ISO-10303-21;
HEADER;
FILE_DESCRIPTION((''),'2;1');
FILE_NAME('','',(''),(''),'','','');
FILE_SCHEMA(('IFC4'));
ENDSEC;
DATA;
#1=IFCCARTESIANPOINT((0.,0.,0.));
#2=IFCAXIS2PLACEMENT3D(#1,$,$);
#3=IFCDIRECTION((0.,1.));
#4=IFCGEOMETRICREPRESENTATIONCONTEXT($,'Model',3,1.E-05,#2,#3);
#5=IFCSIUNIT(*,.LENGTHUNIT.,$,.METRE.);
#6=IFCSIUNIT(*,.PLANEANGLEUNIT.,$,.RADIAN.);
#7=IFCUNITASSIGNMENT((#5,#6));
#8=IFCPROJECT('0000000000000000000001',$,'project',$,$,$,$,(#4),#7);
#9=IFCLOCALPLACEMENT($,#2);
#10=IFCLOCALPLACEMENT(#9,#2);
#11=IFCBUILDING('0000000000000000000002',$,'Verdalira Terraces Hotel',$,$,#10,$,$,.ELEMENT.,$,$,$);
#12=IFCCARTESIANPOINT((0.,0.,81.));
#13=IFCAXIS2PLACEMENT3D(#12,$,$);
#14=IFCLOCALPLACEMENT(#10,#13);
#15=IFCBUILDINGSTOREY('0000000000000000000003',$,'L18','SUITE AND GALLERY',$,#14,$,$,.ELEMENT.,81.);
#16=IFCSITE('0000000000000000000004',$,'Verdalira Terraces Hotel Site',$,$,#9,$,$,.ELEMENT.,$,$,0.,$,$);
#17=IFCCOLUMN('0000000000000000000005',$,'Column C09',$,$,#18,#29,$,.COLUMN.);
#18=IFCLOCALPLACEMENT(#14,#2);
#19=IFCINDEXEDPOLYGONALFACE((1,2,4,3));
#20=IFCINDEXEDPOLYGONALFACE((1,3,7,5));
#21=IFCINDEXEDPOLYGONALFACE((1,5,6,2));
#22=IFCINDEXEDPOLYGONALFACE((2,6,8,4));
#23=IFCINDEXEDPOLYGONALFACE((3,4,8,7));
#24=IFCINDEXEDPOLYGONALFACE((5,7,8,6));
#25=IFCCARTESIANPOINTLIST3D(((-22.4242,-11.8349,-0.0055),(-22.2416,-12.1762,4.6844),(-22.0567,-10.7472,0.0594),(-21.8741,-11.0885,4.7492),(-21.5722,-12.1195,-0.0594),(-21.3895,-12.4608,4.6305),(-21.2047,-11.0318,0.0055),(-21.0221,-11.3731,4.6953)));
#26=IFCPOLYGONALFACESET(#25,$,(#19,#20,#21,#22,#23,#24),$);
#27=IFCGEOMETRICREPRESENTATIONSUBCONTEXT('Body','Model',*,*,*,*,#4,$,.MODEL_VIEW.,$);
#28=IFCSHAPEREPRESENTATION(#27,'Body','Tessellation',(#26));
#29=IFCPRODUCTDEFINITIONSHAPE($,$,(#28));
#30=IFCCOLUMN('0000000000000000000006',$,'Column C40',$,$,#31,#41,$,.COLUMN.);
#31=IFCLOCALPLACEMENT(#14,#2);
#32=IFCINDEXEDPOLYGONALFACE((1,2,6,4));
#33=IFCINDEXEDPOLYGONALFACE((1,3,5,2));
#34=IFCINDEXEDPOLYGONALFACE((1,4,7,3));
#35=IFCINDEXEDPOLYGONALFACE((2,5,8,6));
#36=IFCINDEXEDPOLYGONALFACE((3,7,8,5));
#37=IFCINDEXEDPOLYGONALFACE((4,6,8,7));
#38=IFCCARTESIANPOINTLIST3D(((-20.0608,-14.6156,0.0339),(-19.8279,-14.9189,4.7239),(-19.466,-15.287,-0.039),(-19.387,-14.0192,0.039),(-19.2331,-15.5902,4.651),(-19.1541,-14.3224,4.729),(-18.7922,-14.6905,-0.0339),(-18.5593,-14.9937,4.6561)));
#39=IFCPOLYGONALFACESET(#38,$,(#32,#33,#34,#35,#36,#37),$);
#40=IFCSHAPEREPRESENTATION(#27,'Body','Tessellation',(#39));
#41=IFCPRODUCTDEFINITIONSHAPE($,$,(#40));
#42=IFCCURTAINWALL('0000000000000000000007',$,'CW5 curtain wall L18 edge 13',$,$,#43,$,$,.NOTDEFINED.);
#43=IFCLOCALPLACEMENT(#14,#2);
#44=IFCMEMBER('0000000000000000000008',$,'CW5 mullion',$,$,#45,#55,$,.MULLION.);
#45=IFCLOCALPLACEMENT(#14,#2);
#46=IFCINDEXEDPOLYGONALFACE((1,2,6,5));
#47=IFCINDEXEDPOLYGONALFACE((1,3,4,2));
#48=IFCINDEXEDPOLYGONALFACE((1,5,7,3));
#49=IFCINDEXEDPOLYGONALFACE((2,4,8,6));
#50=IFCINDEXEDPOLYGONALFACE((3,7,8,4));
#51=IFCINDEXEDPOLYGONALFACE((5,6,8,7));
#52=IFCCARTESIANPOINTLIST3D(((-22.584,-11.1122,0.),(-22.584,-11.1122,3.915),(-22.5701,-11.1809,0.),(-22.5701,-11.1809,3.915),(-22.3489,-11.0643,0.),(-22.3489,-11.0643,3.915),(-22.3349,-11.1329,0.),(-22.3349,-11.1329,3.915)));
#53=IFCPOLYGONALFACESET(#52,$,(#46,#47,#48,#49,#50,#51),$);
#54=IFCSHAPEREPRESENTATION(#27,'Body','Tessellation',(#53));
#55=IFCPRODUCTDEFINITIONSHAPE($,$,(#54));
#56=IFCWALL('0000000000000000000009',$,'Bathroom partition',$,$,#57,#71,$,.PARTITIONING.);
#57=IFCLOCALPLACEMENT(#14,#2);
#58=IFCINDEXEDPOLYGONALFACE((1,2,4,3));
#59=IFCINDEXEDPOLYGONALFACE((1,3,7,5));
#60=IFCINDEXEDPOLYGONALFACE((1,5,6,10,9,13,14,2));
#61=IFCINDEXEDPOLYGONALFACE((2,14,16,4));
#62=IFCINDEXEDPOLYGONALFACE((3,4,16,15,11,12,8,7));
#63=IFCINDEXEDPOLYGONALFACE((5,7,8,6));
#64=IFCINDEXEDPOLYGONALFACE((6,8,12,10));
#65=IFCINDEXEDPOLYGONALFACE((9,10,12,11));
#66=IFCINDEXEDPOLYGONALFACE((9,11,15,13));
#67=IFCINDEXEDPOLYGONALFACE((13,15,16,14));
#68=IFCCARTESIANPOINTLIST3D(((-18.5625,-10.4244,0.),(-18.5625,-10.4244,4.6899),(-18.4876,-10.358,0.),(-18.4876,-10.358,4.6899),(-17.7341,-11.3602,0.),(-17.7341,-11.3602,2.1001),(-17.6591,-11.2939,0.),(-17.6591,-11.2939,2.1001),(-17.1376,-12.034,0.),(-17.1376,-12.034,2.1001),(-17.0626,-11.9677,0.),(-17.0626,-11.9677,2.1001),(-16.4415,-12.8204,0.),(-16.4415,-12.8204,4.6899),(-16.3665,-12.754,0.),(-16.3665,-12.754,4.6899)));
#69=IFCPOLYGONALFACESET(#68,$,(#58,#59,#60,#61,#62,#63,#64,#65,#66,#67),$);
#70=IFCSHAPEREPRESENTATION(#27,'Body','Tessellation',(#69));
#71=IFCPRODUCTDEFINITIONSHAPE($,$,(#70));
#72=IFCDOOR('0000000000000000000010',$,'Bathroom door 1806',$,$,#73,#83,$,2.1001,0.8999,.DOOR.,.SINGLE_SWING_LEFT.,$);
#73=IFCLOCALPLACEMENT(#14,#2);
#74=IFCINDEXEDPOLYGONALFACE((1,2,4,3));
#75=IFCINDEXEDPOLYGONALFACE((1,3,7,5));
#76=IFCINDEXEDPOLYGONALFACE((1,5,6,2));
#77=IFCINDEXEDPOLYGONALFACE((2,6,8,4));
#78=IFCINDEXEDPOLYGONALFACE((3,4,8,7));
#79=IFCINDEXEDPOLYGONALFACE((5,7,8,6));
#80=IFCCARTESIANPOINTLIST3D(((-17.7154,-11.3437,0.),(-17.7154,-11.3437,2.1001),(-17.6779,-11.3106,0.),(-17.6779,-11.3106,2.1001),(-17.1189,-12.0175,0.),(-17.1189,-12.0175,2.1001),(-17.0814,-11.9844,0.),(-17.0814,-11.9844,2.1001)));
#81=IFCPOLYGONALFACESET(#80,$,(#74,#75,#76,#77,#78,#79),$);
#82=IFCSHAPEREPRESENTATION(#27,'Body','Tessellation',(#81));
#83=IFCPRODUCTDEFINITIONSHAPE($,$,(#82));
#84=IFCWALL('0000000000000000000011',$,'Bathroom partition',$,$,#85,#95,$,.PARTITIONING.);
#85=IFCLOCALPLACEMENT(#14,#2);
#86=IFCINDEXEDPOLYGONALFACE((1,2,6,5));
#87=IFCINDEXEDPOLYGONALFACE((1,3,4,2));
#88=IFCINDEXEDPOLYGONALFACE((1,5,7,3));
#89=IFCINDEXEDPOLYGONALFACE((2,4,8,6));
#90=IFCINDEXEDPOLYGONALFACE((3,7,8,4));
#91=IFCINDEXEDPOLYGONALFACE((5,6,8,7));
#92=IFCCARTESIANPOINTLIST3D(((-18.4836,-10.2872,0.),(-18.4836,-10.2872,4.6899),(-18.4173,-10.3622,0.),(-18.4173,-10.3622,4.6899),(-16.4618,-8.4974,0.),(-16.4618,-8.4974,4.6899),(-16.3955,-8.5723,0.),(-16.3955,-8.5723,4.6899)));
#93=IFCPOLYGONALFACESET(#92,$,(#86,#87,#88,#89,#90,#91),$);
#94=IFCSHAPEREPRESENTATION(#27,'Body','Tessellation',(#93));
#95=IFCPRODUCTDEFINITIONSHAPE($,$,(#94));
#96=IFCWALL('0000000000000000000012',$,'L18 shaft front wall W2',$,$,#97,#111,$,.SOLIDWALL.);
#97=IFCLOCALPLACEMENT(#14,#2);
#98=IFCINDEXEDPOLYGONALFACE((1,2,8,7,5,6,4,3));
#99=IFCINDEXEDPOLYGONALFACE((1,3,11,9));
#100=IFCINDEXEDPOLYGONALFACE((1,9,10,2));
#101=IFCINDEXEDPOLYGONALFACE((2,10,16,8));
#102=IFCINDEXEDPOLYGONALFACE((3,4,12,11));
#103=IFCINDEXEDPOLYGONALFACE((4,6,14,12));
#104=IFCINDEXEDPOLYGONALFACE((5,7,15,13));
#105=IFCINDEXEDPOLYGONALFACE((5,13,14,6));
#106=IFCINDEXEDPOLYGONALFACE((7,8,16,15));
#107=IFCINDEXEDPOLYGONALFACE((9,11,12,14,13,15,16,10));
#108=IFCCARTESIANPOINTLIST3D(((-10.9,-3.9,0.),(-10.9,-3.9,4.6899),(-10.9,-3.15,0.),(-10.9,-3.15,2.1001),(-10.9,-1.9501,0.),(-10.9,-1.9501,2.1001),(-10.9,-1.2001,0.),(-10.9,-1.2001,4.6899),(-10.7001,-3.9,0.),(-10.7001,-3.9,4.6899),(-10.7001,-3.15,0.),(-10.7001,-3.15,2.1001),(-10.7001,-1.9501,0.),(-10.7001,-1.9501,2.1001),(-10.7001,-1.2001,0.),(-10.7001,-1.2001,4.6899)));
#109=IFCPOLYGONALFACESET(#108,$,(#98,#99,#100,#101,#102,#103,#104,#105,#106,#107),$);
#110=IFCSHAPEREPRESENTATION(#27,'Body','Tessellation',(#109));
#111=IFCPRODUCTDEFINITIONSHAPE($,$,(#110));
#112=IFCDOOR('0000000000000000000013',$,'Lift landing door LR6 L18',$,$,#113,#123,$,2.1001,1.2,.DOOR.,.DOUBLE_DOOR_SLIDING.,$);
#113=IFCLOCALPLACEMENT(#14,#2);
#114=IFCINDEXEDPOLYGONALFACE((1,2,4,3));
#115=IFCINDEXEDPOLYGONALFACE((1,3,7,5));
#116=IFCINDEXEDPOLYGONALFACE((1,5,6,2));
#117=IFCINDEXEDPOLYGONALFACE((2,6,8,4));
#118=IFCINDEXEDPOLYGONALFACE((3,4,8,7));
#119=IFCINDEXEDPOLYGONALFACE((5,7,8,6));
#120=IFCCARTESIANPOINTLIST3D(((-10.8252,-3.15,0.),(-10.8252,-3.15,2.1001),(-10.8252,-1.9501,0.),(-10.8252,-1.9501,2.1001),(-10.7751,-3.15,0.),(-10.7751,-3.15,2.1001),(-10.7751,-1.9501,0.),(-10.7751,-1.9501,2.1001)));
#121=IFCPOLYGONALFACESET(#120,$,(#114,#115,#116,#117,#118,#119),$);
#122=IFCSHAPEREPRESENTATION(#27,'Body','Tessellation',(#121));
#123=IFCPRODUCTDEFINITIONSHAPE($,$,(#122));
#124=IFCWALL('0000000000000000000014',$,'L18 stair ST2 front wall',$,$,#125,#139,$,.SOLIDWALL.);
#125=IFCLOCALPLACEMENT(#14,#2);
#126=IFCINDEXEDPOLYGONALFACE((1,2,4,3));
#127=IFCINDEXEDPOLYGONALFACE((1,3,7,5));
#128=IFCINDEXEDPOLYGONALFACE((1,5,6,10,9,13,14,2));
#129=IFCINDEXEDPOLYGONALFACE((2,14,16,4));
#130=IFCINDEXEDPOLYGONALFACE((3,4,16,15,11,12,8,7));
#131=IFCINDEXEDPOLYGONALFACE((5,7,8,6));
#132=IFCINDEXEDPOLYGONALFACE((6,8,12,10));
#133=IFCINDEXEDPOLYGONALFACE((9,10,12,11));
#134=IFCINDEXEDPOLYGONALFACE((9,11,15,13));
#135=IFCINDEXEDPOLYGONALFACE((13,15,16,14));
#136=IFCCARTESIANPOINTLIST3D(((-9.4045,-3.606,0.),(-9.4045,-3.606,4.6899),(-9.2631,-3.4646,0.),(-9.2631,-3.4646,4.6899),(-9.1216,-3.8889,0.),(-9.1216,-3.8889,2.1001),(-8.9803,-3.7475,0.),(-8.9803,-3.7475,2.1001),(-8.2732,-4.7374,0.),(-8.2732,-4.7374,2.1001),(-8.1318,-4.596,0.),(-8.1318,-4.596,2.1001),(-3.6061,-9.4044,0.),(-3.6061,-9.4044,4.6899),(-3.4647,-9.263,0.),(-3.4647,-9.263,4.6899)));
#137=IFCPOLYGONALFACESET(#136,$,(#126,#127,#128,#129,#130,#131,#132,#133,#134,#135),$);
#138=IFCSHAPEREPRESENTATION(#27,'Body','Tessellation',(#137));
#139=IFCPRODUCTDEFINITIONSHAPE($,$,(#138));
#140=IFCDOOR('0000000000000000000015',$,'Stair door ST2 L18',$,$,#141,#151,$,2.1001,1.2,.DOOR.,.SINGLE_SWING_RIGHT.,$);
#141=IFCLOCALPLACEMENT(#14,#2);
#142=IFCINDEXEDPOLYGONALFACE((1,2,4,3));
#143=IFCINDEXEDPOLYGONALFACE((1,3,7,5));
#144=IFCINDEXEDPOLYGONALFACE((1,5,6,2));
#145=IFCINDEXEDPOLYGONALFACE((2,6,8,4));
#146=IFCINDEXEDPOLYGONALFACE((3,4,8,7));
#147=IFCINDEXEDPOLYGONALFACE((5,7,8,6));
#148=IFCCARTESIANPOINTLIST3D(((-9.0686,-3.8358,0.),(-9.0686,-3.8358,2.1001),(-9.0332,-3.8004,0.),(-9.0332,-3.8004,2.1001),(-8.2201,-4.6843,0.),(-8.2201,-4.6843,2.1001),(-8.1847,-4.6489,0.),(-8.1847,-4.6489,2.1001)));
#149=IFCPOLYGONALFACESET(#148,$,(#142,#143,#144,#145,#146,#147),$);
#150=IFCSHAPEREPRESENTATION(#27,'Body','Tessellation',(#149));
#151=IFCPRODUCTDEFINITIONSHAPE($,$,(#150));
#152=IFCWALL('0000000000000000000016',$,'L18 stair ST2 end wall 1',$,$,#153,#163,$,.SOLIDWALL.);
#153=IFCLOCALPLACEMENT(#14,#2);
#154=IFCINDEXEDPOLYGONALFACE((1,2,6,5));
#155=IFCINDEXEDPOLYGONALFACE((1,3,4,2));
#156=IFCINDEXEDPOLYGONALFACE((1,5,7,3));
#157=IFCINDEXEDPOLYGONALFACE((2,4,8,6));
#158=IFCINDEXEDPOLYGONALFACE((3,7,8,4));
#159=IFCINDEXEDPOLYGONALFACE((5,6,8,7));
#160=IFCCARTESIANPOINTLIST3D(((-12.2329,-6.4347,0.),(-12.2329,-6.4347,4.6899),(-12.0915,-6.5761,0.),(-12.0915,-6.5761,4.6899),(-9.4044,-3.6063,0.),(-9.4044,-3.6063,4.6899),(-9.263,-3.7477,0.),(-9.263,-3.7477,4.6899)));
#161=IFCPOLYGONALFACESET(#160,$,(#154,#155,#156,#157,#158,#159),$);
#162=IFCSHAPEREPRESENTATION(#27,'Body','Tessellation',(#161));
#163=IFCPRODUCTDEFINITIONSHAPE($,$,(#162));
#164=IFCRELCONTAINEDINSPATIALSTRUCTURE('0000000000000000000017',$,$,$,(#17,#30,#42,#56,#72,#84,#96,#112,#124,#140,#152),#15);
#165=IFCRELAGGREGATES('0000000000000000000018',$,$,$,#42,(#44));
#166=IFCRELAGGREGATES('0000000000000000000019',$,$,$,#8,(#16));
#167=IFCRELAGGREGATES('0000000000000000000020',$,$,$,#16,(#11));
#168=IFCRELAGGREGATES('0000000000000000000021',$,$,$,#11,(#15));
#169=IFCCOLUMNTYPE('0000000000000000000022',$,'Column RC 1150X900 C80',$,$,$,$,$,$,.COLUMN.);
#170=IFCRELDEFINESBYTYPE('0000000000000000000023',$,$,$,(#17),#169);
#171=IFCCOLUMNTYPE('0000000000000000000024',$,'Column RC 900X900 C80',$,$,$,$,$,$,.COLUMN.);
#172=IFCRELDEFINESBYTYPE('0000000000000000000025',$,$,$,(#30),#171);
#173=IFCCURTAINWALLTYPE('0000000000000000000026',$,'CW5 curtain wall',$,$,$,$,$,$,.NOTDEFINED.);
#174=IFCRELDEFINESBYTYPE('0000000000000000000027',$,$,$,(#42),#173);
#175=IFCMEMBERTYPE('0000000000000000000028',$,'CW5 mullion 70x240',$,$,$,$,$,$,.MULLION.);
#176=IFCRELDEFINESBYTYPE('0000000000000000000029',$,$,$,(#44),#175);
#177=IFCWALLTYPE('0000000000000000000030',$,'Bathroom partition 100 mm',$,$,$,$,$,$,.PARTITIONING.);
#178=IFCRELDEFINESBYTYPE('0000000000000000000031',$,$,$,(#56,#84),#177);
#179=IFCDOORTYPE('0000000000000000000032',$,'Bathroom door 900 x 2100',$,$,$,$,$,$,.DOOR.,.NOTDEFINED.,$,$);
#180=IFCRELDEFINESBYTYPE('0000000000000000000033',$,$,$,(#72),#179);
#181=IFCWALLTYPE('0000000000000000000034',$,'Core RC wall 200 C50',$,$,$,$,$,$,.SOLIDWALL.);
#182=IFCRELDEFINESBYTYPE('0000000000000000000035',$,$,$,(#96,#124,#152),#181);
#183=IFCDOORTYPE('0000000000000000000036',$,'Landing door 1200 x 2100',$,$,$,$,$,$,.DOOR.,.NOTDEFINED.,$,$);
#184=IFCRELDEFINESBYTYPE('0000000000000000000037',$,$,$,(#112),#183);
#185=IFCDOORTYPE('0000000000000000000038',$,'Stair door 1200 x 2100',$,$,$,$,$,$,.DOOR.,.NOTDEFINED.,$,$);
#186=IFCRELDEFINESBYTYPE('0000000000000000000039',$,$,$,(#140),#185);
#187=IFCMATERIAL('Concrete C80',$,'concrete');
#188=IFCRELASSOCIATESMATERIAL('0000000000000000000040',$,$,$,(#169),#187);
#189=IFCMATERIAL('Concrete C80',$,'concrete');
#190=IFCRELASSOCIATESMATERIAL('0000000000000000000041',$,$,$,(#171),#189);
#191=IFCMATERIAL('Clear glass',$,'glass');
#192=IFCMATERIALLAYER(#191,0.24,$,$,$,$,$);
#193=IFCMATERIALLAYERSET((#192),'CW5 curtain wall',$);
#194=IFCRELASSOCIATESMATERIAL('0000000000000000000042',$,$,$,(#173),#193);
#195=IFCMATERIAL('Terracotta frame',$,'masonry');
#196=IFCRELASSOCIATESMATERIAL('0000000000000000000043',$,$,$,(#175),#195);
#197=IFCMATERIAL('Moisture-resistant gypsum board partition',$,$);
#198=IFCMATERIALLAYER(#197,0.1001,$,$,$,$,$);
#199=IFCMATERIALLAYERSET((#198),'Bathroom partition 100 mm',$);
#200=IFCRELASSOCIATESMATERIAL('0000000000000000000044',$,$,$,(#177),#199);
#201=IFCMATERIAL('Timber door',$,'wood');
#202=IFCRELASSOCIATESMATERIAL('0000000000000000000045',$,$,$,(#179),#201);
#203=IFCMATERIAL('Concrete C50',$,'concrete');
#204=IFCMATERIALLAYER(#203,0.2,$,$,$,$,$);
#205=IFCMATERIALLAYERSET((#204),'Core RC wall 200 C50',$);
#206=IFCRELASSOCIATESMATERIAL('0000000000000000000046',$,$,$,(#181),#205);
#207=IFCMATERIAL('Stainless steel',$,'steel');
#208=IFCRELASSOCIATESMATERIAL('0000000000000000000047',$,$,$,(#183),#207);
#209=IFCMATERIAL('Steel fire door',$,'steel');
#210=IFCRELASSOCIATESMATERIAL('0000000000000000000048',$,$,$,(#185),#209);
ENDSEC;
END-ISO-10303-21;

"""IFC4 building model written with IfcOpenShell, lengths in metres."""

from ifc_helpers import new_model, si_unit, direction, frame, frame_2d, origin, origin_2d, place, context, subcontext, project, spatial, rectangle, extrude, material, layer, layer_set, material_profile, profile_set, type_object, element, fill, aggregate, save


model = new_model("IFC4")

# Units and contexts
model_context = context("Model", 3, precision=1e-05, world=origin(), true_north=direction((0.0, 1.0)))
body_context = subcontext(model_context, "Body", "Model", "MODEL_VIEW")
ifc_project = project(units=[si_unit("LENGTHUNIT", "METRE"), si_unit("PLANEANGLEUNIT", "RADIAN")], contexts=[model_context])

# Site, building, storey
site_placement = place(None, origin())
site = spatial("IfcSite", under=ifc_project, at=site_placement, Name="Verdalira Terraces Hotel Site", CompositionType="ELEMENT", RefElevation=0.0)
building_placement = place(site_placement, origin())
building = spatial("IfcBuilding", under=site, at=building_placement, Name="Verdalira Terraces Hotel", CompositionType="ELEMENT")
storey_placement = place(building_placement, frame((0.0, 0.0, 81.0)))
storey = spatial("IfcBuildingStorey", under=building, at=storey_placement, Name="L18", Description="SUITE AND GALLERY", CompositionType="ELEMENT", Elevation=81.0)

# Columns
ifc_material_1 = material(Name="Concrete C80", Category="concrete")
ifc_material_profile_1 = material_profile(ifc_material_1, rectangle(XDim=1.1499, YDim=0.8999, at=origin_2d()), Name="RC 1150X900")
ifc_profile_set_1 = profile_set([ifc_material_profile_1], Name="Concrete C80")
column_type_1 = type_object("IfcColumnType", Name="Column RC 1150X900 C80", PredefinedType="COLUMN", material=ifc_profile_set_1)
column_1_placement = place(storey_placement, frame((-21.8145, -11.4334, 0.0), z_axis=(0.038806, -0.072528, 0.996611), x_axis=(0.319523, 0.945899, 0.056396)))
element("IfcColumn", 1, at=column_1_placement, inside=storey, type_object=column_type_1, Name="Column C09", PredefinedType="COLUMN", context=body_context, shape_type="SweptSolid", body=[
    extrude(rectangle(XDim=1.1499, YDim=0.8999, at=origin_2d()), origin(), (0.0, 0.0, 1.0), 4.7058),
])
ifc_material_2 = material(Name="Concrete C80", Category="concrete")
ifc_material_profile_2 = material_profile(ifc_material_2, rectangle(XDim=0.8999, YDim=0.8999, at=origin_2d()), Name="RC 900X900")
ifc_profile_set_2 = profile_set([ifc_material_profile_2], Name="Concrete C80")
column_type_2 = type_object("IfcColumnType", Name="Column RC 900X900 C80", PredefinedType="COLUMN", material=ifc_profile_set_2)
column_2_placement = place(storey_placement, frame((-19.4265, -14.6531, 0.0), z_axis=(0.049497, -0.06444, 0.996693), x_axis=(-0.748764, -0.662813, -0.005669)))
element("IfcColumn", 2, at=column_2_placement, inside=storey, type_object=column_type_2, Name="Column C40", PredefinedType="COLUMN", context=body_context, shape_type="SweptSolid", body=[
    extrude(rectangle(XDim=0.8999, YDim=0.8999, at=origin_2d()), origin(), (0.0, 0.0, 1.0), 4.7056),
])

# Curtain wall, member
ifc_material_3 = material(Name="Clear glass", Category="glass")
ifc_layer_1 = layer(ifc_material_3, 0.24)
ifc_layer_set_1 = layer_set([ifc_layer_1], Name="CW5 curtain wall")
curtain_wall_type = type_object("IfcCurtainWallType", Name="CW5 curtain wall", PredefinedType="NOTDEFINED", material=ifc_layer_set_1)
curtain_wall_placement = place(storey_placement, origin())
curtain_wall = element("IfcCurtainWall", 3, at=curtain_wall_placement, inside=storey, type_object=curtain_wall_type, Name="CW5 curtain wall L18 edge 13", PredefinedType="NOTDEFINED")
ifc_material_4 = material(Name="Terracotta frame", Category="masonry")
ifc_material_profile_3 = material_profile(ifc_material_4, rectangle(XDim=0.0701, YDim=0.24, at=origin_2d()), Name="MU 70x240")
ifc_profile_set_3 = profile_set([ifc_material_profile_3], Name="Terracotta frame")
member_type = type_object("IfcMemberType", Name="CW5 mullion 70x240", PredefinedType="MULLION", material=ifc_profile_set_3)
member_placement = place(storey_placement, frame((-22.4595, -11.1226, 0.0), z_axis=(0.0, 0.0, 1.0), x_axis=(0.19971, -0.979855, 0.0)))
member = element("IfcMember", 4, at=member_placement, type_object=member_type, Name="CW5 mullion", PredefinedType="MULLION", context=body_context, shape_type="SweptSolid", body=[
    extrude(rectangle(XDim=0.0701, YDim=0.24, at=origin_2d()), origin(), (0.0, 0.0, 1.0), 3.915),
])
aggregate(curtain_wall, [member])

# Wall, opening, door
ifc_material_5 = material(Name="Moisture-resistant gypsum board partition")
ifc_layer_2 = layer(ifc_material_5, 0.1001)
ifc_layer_set_2 = layer_set([ifc_layer_2], Name="Bathroom partition 100 mm")
wall_type_1 = type_object("IfcWallType", Name="Bathroom partition 100 mm", PredefinedType="PARTITIONING", material=ifc_layer_set_2)
wall_1_placement = place(storey_placement, frame((-18.5251, -10.3911, 0.0), z_axis=(0.0, 0.0, 1.0), x_axis=(0.662847, -0.748755, 0.0)))
wall_1 = element("IfcWall", 5, at=wall_1_placement, inside=storey, type_object=wall_type_1, Name="Bathroom partition", PredefinedType="PARTITIONING", context=body_context, shape_type="SweptSolid", body=[
    extrude(rectangle(XDim=3.2, YDim=0.1001, at=frame_2d((1.6001, 0.0))), origin(), (0.0, 0.0, 1.0), 4.6899),
])
opening_1_placement = place(wall_1_placement, frame((1.25, 0.0, 0.0)))
opening_1 = element("IfcOpeningElement", 6, at=opening_1_placement, cuts=wall_1, PredefinedType="OPENING", context=body_context, shape_type="SweptSolid", body=[
    extrude(rectangle(XDim=0.8999, YDim=2.1001, at=frame_2d((0.45, 1.05))), frame((0.0, 0.0601, 0.0), z_axis=(0.0, -1.0, 0.0), x_axis=(1.0, 0.0, 0.0)), (0.0, 0.0, 1.0), 0.1201),
])
ifc_material_6 = material(Name="Timber door", Category="wood")
door_type_1 = type_object("IfcDoorType", Name="Bathroom door 900 x 2100", OperationType="NOTDEFINED", PredefinedType="DOOR", material=ifc_material_6)
door_1_placement = place(opening_1_placement, origin())
door_1 = element("IfcDoor", 7, at=door_1_placement, inside=storey, type_object=door_type_1, Name="Bathroom door 1806", OperationType="SINGLE_SWING_LEFT", OverallHeight=2.1001, OverallWidth=0.8999, PredefinedType="DOOR", context=body_context, shape_type="SweptSolid", body=[
    extrude(rectangle(XDim=0.8999, YDim=2.1001, at=frame_2d((0.45, 1.05))), frame((0.0, 0.0249, 0.0), z_axis=(0.0, -1.0, 0.0), x_axis=(1.0, 0.0, 0.0)), (0.0, 0.0, 1.0), 0.05),
])
fill(opening_1, door_1)

# Wall
wall_2_placement = place(storey_placement, frame((-18.4504, -10.3247, 0.0), z_axis=(0.0, 0.0, 1.0), x_axis=(0.74875, 0.662853, 0.0)))
element("IfcWall", 8, at=wall_2_placement, inside=storey, type_object=wall_type_1, Name="Bathroom partition", PredefinedType="PARTITIONING", context=body_context, shape_type="SweptSolid", body=[
    extrude(rectangle(XDim=2.7002, YDim=0.1001, at=frame_2d((1.3501, 0.0))), origin(), (0.0, 0.0, 1.0), 4.6899),
])

# Walls, openings, doors
ifc_material_7 = material(Name="Concrete C50", Category="concrete")
ifc_layer_3 = layer(ifc_material_7, 0.2)
ifc_layer_set_3 = layer_set([ifc_layer_3], Name="Core RC wall 200 C50")
wall_type_2 = type_object("IfcWallType", Name="Core RC wall 200 C50", PredefinedType="SOLIDWALL", material=ifc_layer_set_3)
wall_3_placement = place(storey_placement, frame((-10.8, -1.2, 0.0), z_axis=(0.0, 0.0, 1.0), x_axis=(0.0, -1.0, 0.0)))
wall_3 = element("IfcWall", 9, at=wall_3_placement, inside=storey, type_object=wall_type_2, Name="L18 shaft front wall W2", PredefinedType="SOLIDWALL", context=body_context, shape_type="SweptSolid", body=[
    extrude(rectangle(XDim=2.7, YDim=0.2, at=frame_2d((1.3501, 0.0))), origin(), (0.0, 0.0, 1.0), 4.6899),
])
opening_2_placement = place(wall_3_placement, frame((0.75, 0.0, 0.0)))
opening_2 = element("IfcOpeningElement", 10, at=opening_2_placement, cuts=wall_3, PredefinedType="OPENING", context=body_context, shape_type="SweptSolid", body=[
    extrude(rectangle(XDim=1.2, YDim=2.1001, at=frame_2d((0.6001, 1.05))), frame((0.0, 0.1099, 0.0), z_axis=(0.0, -1.0, 0.0), x_axis=(1.0, 0.0, 0.0)), (0.0, 0.0, 1.0), 0.22),
])
ifc_material_8 = material(Name="Stainless steel", Category="steel")
door_type_2 = type_object("IfcDoorType", Name="Landing door 1200 x 2100", OperationType="NOTDEFINED", PredefinedType="DOOR", material=ifc_material_8)
door_2_placement = place(opening_2_placement, origin())
door_2 = element("IfcDoor", 11, at=door_2_placement, inside=storey, type_object=door_type_2, Name="Lift landing door LR6 L18", OperationType="DOUBLE_DOOR_SLIDING", OverallHeight=2.1001, OverallWidth=1.2, PredefinedType="DOOR", context=body_context, shape_type="SweptSolid", body=[
    extrude(rectangle(XDim=1.2, YDim=2.1001, at=frame_2d((0.6001, 1.05))), frame((0.0, 0.0249, 0.0), z_axis=(0.0, -1.0, 0.0), x_axis=(1.0, 0.0, 0.0)), (0.0, 0.0, 1.0), 0.05),
])
fill(opening_2, door_2)
wall_4_placement = place(storey_placement, frame((-3.5354, -9.3337, 0.0), z_axis=(0.0, 0.0, 1.0), x_axis=(-0.707107, 0.707107, 0.0)))
wall_4 = element("IfcWall", 12, at=wall_4_placement, inside=storey, type_object=wall_type_2, Name="L18 stair ST2 front wall", PredefinedType="SOLIDWALL", context=body_context, shape_type="SweptSolid", body=[
    extrude(rectangle(XDim=8.2002, YDim=0.2, at=frame_2d((4.1001, 0.0))), origin(), (0.0, 0.0, 1.0), 4.6899),
])
opening_3_placement = place(wall_4_placement, frame((6.6001, 0.0, 0.0)))
opening_3 = element("IfcOpeningElement", 13, at=opening_3_placement, cuts=wall_4, PredefinedType="OPENING", context=body_context, shape_type="SweptSolid", body=[
    extrude(rectangle(XDim=1.2, YDim=2.1001, at=frame_2d((0.6001, 1.05))), frame((0.0, 0.1099, 0.0), z_axis=(0.0, -1.0, 0.0), x_axis=(1.0, 0.0, 0.0)), (0.0, 0.0, 1.0), 0.22),
])
ifc_material_9 = material(Name="Steel fire door", Category="steel")
door_type_3 = type_object("IfcDoorType", Name="Stair door 1200 x 2100", OperationType="NOTDEFINED", PredefinedType="DOOR", material=ifc_material_9)
door_3_placement = place(opening_3_placement, origin())
door_3 = element("IfcDoor", 14, at=door_3_placement, inside=storey, type_object=door_type_3, Name="Stair door ST2 L18", OperationType="SINGLE_SWING_RIGHT", OverallHeight=2.1001, OverallWidth=1.2, PredefinedType="DOOR", context=body_context, shape_type="SweptSolid", body=[
    extrude(rectangle(XDim=1.2, YDim=2.1001, at=frame_2d((0.6001, 1.05))), frame((0.0, 0.0249, 0.0), z_axis=(0.0, -1.0, 0.0), x_axis=(1.0, 0.0, 0.0)), (0.0, 0.0, 1.0), 0.05),
])
fill(opening_3, door_3)

# Wall
for number, where, z_axis, x_axis, name in (
    (15, (-9.3337, -3.677, 0.0), (0.0, 0.0, 1.0), (-0.707107, -0.707107, 0.0), "L18 stair ST2 end wall 1"),
):
    element("IfcWall", number, at=place(storey_placement, frame(where, z_axis=z_axis, x_axis=x_axis)), inside=storey, type_object=wall_type_2, Name=name, PredefinedType="SOLIDWALL", context=body_context, shape_type="SweptSolid", body=[
        extrude(rectangle(XDim=4.0, YDim=0.2, at=frame_2d((2.0, 0.0))), origin(), (0.0, 0.0, 1.0), 4.6899),
    ])

save(model, "model.ifc")
